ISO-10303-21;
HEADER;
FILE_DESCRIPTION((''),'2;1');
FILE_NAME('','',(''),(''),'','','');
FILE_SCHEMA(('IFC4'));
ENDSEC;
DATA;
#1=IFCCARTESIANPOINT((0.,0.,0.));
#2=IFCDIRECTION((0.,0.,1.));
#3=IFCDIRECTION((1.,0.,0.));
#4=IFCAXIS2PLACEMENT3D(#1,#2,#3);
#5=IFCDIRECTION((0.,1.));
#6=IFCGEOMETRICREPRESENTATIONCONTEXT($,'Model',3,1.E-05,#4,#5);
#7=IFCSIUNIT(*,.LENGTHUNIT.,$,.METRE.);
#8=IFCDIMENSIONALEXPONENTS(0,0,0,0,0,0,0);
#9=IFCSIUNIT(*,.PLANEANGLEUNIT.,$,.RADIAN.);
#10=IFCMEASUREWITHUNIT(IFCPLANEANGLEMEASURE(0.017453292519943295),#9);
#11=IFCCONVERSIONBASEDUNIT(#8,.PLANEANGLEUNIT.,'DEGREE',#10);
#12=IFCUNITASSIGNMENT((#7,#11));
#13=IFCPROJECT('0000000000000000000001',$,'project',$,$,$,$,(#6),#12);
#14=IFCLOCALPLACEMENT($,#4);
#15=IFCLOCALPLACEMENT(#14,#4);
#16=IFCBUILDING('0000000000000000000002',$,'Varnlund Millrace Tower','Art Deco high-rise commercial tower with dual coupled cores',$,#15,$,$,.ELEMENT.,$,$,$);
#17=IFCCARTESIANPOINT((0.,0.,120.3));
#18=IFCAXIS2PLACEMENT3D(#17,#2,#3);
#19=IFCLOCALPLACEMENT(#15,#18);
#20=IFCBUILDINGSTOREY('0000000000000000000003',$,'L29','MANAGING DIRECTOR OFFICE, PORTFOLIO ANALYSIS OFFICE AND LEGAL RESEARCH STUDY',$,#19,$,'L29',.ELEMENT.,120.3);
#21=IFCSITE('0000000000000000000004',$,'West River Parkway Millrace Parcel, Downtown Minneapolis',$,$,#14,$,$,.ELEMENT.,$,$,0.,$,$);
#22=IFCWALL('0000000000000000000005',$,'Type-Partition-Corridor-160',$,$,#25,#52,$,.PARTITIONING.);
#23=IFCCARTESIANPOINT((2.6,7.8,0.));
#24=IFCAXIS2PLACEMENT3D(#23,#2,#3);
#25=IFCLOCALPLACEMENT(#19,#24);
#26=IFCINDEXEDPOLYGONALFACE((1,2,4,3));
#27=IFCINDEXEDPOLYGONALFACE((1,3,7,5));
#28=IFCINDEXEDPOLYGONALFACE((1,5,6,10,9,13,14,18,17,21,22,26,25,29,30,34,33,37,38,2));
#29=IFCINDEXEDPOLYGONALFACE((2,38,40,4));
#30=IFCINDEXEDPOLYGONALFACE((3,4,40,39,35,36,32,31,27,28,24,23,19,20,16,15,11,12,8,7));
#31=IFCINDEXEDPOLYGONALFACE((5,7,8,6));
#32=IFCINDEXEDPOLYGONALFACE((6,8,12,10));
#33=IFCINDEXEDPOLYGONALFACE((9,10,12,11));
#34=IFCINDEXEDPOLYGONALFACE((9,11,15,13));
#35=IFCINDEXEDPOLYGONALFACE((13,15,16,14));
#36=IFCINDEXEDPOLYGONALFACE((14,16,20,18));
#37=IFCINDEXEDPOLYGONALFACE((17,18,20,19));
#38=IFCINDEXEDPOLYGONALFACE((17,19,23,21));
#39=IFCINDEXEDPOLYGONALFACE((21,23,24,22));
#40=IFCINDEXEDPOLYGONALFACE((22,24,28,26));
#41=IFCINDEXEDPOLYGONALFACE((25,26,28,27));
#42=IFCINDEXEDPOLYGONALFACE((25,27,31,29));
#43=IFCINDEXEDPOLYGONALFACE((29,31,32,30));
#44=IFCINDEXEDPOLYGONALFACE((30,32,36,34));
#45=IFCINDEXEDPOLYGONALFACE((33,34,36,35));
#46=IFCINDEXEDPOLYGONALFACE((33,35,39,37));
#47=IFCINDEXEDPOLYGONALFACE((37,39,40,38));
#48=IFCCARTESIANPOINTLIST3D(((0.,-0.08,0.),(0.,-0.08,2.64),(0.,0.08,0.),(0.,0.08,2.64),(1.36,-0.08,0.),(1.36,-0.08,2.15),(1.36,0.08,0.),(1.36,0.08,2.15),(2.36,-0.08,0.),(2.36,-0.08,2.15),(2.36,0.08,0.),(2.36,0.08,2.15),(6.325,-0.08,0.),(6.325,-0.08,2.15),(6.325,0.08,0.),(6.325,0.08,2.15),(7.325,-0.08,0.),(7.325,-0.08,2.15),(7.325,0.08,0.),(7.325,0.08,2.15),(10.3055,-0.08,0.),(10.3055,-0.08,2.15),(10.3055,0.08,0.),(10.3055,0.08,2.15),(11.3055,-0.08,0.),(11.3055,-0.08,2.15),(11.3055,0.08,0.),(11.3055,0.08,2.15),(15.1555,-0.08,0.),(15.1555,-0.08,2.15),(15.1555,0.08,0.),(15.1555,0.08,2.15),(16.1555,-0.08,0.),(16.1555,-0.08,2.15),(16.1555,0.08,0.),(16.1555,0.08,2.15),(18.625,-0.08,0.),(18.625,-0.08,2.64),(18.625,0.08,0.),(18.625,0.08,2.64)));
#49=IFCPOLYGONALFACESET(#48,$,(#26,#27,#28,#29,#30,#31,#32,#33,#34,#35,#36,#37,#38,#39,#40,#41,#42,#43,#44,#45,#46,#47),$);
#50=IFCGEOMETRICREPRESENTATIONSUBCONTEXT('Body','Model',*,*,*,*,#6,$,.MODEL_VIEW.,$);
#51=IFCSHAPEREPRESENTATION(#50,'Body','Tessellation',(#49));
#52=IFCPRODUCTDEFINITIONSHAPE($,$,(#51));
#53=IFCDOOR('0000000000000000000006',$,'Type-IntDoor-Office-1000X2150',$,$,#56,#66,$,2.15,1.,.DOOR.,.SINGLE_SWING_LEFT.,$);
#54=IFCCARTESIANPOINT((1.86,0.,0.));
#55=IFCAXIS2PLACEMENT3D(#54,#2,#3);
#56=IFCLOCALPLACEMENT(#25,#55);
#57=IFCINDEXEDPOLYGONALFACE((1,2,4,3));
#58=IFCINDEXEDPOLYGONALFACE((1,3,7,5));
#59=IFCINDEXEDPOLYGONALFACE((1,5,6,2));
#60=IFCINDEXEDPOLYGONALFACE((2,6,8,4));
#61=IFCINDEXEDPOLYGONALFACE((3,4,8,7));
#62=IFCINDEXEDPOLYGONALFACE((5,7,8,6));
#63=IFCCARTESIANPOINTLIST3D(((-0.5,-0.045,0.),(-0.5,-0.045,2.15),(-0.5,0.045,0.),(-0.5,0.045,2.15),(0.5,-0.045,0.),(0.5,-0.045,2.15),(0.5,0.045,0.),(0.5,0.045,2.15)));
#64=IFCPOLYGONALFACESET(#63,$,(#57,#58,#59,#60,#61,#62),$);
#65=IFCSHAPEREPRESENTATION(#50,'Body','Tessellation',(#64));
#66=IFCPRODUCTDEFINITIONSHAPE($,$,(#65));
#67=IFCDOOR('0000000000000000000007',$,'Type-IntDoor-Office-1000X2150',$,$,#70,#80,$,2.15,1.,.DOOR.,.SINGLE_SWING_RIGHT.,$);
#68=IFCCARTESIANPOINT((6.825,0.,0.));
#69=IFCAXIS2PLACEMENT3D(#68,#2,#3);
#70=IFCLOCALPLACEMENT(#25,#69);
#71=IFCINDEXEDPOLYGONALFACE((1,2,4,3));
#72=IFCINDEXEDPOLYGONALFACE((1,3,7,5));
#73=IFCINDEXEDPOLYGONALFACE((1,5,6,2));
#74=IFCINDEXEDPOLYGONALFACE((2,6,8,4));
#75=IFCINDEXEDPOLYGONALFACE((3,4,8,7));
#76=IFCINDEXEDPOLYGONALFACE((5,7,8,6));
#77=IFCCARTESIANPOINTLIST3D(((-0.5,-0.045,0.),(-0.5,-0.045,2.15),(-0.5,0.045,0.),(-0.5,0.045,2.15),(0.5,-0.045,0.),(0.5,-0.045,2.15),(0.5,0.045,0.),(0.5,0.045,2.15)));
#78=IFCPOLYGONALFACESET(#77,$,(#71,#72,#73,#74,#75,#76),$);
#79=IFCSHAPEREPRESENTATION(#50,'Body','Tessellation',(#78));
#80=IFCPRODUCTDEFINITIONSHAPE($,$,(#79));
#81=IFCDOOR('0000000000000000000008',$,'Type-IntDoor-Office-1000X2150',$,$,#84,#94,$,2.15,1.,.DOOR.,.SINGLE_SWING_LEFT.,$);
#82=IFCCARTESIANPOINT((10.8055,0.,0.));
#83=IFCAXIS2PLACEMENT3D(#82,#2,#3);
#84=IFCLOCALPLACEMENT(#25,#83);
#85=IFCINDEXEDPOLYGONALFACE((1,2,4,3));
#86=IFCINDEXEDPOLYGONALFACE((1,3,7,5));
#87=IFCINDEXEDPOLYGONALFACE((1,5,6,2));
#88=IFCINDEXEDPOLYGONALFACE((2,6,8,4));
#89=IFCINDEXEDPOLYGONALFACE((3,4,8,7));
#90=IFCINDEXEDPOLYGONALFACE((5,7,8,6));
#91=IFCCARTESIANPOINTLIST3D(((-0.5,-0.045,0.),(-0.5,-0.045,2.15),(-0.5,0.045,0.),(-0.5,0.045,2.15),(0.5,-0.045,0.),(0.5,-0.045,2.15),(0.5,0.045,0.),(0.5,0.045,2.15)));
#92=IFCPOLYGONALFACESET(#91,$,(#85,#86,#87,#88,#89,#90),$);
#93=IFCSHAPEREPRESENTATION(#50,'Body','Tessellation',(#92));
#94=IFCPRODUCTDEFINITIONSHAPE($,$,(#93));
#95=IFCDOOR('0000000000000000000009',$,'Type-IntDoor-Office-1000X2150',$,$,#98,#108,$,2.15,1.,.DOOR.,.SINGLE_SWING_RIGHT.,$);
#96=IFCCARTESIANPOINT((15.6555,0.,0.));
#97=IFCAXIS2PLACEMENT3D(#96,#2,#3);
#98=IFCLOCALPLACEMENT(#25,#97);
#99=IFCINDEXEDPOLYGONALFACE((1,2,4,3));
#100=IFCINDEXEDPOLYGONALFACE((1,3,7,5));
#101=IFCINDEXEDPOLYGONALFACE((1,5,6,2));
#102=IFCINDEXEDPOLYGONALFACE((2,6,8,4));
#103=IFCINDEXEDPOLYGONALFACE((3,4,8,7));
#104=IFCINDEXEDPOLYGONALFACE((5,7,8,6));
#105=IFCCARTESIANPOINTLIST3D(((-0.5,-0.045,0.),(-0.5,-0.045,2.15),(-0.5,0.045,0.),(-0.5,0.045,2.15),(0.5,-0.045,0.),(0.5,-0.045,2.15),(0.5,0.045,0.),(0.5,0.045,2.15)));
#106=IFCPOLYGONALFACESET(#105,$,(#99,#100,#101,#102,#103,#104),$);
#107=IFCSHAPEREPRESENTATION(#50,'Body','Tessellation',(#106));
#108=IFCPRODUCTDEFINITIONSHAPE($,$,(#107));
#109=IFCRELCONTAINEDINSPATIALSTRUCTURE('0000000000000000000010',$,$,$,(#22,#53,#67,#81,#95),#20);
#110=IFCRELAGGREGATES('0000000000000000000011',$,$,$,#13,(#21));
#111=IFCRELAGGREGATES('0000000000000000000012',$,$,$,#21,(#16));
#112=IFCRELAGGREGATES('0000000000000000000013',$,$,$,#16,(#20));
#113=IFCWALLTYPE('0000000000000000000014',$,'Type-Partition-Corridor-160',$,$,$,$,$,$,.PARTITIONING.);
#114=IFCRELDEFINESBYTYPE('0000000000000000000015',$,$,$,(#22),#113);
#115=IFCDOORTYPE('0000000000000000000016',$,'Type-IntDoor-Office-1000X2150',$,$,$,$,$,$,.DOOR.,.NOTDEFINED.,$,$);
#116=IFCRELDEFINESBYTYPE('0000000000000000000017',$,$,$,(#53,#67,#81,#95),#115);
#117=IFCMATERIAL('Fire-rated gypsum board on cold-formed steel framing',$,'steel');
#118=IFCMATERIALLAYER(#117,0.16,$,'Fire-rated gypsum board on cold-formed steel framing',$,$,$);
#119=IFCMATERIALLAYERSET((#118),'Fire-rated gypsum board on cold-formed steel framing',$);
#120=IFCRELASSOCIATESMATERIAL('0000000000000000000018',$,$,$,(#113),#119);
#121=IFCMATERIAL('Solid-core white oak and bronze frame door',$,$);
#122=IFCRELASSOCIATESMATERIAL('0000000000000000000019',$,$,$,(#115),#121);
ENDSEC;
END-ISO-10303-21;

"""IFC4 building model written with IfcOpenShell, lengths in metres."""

from ifc_helpers import new_model, entity, si_unit, converted_unit, direction, frame, origin_with_axes, origin_2d_with_axis, place, context, subcontext, project, spatial, polyline, rectangle, outline, extrude, material, layer, layer_set, type_object, element, fill, save


model = new_model("IFC4")

# Units and contexts
model_context = context("Model", 3, precision=1e-05, world=origin_with_axes(), true_north=direction((0.0, 1.0)))
body_context = subcontext(model_context, "Body", "Model", "MODEL_VIEW")
ifc_project = project(units=[si_unit("LENGTHUNIT", "METRE"), converted_unit("PLANEANGLEUNIT", "DEGREE", entity("IfcPlaneAngleMeasure", 0.017453292519943295), si_unit("PLANEANGLEUNIT", "RADIAN"), dimensions=[0, 0, 0, 0, 0, 0, 0])], contexts=[model_context])

# Site, building, storey
site_placement = place(None, origin_with_axes())
site = spatial("IfcSite", under=ifc_project, at=site_placement, Name="West River Parkway Millrace Parcel, Downtown Minneapolis", CompositionType="ELEMENT", RefElevation=0.0)
building_placement = place(site_placement, origin_with_axes())
building = spatial("IfcBuilding", under=site, at=building_placement, Name="Varnlund Millrace Tower", Description="Art Deco high-rise commercial tower with dual coupled cores", CompositionType="ELEMENT")
storey_placement = place(building_placement, frame((0.0, 0.0, 120.3), z_axis=(0.0, 0.0, 1.0), x_axis=(1.0, 0.0, 0.0)))
storey = spatial("IfcBuildingStorey", under=building, at=storey_placement, Name="L29", Description="MANAGING DIRECTOR OFFICE, PORTFOLIO ANALYSIS OFFICE AND LEGAL RESEARCH STUDY", LongName="L29", CompositionType="ELEMENT", Elevation=120.3)

# Wall, openings, doors
ifc_material_1 = material(Name="Fire-rated gypsum board on cold-formed steel framing", Category="steel")
ifc_layer_1 = layer(ifc_material_1, 0.16, Name="Fire-rated gypsum board on cold-formed steel framing")
ifc_layer_set_1 = layer_set([ifc_layer_1], Name="Fire-rated gypsum board on cold-formed steel framing")
wall_type_1 = type_object("IfcWallType", Name="Type-Partition-Corridor-160", PredefinedType="PARTITIONING", material=ifc_layer_set_1)
wall_1_placement = place(storey_placement, frame((2.6, 7.8, 0.0), z_axis=(0.0, 0.0, 1.0), x_axis=(1.0, 0.0, 0.0)))
wall_1 = element("IfcWall", 1, at=wall_1_placement, inside=storey, type_object=wall_type_1, Name="Type-Partition-Corridor-160", PredefinedType="PARTITIONING", context=body_context, shape_type="SweptSolid", body=[
    extrude(outline(polyline([(0.0, -0.08), (18.625, -0.08), (18.625, 0.08), (0.0, 0.08), (0.0, -0.08)])), origin_with_axes(), (0.0, 0.0, 1.0), 2.64),
])
opening_1_placement = place(wall_1_placement, frame((1.86, 0.0, 0.0), z_axis=(0.0, 0.0, 1.0), x_axis=(1.0, 0.0, 0.0)))
opening_1 = element("IfcOpeningElement", 2, at=opening_1_placement, cuts=wall_1, PredefinedType="OPENING", context=body_context, shape_type="SweptSolid", body=[
    extrude(rectangle(XDim=1.0, YDim=0.18, at=origin_2d_with_axis()), origin_with_axes(), (0.0, 0.0, 1.0), 2.15),
])
opening_2_placement = place(wall_1_placement, frame((6.825, 0.0, 0.0), z_axis=(0.0, 0.0, 1.0), x_axis=(1.0, 0.0, 0.0)))
opening_2 = element("IfcOpeningElement", 3, at=opening_2_placement, cuts=wall_1, PredefinedType="OPENING", context=body_context, shape_type="SweptSolid", body=[
    extrude(rectangle(XDim=1.0, YDim=0.18, at=origin_2d_with_axis()), origin_with_axes(), (0.0, 0.0, 1.0), 2.15),
])
opening_3_placement = place(wall_1_placement, frame((10.8055, 0.0, 0.0), z_axis=(0.0, 0.0, 1.0), x_axis=(1.0, 0.0, 0.0)))
opening_3 = element("IfcOpeningElement", 4, at=opening_3_placement, cuts=wall_1, PredefinedType="OPENING", context=body_context, shape_type="SweptSolid", body=[
    extrude(rectangle(XDim=1.0, YDim=0.18, at=origin_2d_with_axis()), origin_with_axes(), (0.0, 0.0, 1.0), 2.15),
])
opening_4_placement = place(wall_1_placement, frame((15.6555, 0.0, 0.0), z_axis=(0.0, 0.0, 1.0), x_axis=(1.0, 0.0, 0.0)))
opening_4 = element("IfcOpeningElement", 5, at=opening_4_placement, cuts=wall_1, PredefinedType="OPENING", context=body_context, shape_type="SweptSolid", body=[
    extrude(rectangle(XDim=1.0, YDim=0.18, at=origin_2d_with_axis()), origin_with_axes(), (0.0, 0.0, 1.0), 2.15),
])
ifc_material_2 = material(Name="Solid-core white oak and bronze frame door")
door_type_1 = type_object("IfcDoorType", Name="Type-IntDoor-Office-1000X2150", OperationType="NOTDEFINED", PredefinedType="DOOR", material=ifc_material_2)
door_1_placement = place(wall_1_placement, frame((1.86, 0.0, 0.0), z_axis=(0.0, 0.0, 1.0), x_axis=(1.0, 0.0, 0.0)))
door_1 = element("IfcDoor", 6, at=door_1_placement, inside=storey, type_object=door_type_1, Name="Type-IntDoor-Office-1000X2150", OperationType="SINGLE_SWING_LEFT", OverallHeight=2.15, OverallWidth=1.0, PredefinedType="DOOR", context=body_context, shape_type="SweptSolid", body=[
    extrude(rectangle(XDim=1.0, YDim=0.09, at=origin_2d_with_axis()), origin_with_axes(), (0.0, 0.0, 1.0), 2.15),
])
fill(opening_1, door_1)
door_2_placement = place(wall_1_placement, frame((6.825, 0.0, 0.0), z_axis=(0.0, 0.0, 1.0), x_axis=(1.0, 0.0, 0.0)))
door_2 = element("IfcDoor", 7, at=door_2_placement, inside=storey, type_object=door_type_1, Name="Type-IntDoor-Office-1000X2150", OperationType="SINGLE_SWING_RIGHT", OverallHeight=2.15, OverallWidth=1.0, PredefinedType="DOOR", context=body_context, shape_type="SweptSolid", body=[
    extrude(rectangle(XDim=1.0, YDim=0.09, at=origin_2d_with_axis()), origin_with_axes(), (0.0, 0.0, 1.0), 2.15),
])
fill(opening_2, door_2)
door_3_placement = place(wall_1_placement, frame((10.8055, 0.0, 0.0), z_axis=(0.0, 0.0, 1.0), x_axis=(1.0, 0.0, 0.0)))
door_3 = element("IfcDoor", 8, at=door_3_placement, inside=storey, type_object=door_type_1, Name="Type-IntDoor-Office-1000X2150", OperationType="SINGLE_SWING_LEFT", OverallHeight=2.15, OverallWidth=1.0, PredefinedType="DOOR", context=body_context, shape_type="SweptSolid", body=[
    extrude(rectangle(XDim=1.0, YDim=0.09, at=origin_2d_with_axis()), origin_with_axes(), (0.0, 0.0, 1.0), 2.15),
])
fill(opening_3, door_3)
door_4_placement = place(wall_1_placement, frame((15.6555, 0.0, 0.0), z_axis=(0.0, 0.0, 1.0), x_axis=(1.0, 0.0, 0.0)))
door_4 = element("IfcDoor", 9, at=door_4_placement, inside=storey, type_object=door_type_1, Name="Type-IntDoor-Office-1000X2150", OperationType="SINGLE_SWING_RIGHT", OverallHeight=2.15, OverallWidth=1.0, PredefinedType="DOOR", context=body_context, shape_type="SweptSolid", body=[
    extrude(rectangle(XDim=1.0, YDim=0.09, at=origin_2d_with_axis()), origin_with_axes(), (0.0, 0.0, 1.0), 2.15),
])
fill(opening_4, door_4)

save(model, "model.ifc")
